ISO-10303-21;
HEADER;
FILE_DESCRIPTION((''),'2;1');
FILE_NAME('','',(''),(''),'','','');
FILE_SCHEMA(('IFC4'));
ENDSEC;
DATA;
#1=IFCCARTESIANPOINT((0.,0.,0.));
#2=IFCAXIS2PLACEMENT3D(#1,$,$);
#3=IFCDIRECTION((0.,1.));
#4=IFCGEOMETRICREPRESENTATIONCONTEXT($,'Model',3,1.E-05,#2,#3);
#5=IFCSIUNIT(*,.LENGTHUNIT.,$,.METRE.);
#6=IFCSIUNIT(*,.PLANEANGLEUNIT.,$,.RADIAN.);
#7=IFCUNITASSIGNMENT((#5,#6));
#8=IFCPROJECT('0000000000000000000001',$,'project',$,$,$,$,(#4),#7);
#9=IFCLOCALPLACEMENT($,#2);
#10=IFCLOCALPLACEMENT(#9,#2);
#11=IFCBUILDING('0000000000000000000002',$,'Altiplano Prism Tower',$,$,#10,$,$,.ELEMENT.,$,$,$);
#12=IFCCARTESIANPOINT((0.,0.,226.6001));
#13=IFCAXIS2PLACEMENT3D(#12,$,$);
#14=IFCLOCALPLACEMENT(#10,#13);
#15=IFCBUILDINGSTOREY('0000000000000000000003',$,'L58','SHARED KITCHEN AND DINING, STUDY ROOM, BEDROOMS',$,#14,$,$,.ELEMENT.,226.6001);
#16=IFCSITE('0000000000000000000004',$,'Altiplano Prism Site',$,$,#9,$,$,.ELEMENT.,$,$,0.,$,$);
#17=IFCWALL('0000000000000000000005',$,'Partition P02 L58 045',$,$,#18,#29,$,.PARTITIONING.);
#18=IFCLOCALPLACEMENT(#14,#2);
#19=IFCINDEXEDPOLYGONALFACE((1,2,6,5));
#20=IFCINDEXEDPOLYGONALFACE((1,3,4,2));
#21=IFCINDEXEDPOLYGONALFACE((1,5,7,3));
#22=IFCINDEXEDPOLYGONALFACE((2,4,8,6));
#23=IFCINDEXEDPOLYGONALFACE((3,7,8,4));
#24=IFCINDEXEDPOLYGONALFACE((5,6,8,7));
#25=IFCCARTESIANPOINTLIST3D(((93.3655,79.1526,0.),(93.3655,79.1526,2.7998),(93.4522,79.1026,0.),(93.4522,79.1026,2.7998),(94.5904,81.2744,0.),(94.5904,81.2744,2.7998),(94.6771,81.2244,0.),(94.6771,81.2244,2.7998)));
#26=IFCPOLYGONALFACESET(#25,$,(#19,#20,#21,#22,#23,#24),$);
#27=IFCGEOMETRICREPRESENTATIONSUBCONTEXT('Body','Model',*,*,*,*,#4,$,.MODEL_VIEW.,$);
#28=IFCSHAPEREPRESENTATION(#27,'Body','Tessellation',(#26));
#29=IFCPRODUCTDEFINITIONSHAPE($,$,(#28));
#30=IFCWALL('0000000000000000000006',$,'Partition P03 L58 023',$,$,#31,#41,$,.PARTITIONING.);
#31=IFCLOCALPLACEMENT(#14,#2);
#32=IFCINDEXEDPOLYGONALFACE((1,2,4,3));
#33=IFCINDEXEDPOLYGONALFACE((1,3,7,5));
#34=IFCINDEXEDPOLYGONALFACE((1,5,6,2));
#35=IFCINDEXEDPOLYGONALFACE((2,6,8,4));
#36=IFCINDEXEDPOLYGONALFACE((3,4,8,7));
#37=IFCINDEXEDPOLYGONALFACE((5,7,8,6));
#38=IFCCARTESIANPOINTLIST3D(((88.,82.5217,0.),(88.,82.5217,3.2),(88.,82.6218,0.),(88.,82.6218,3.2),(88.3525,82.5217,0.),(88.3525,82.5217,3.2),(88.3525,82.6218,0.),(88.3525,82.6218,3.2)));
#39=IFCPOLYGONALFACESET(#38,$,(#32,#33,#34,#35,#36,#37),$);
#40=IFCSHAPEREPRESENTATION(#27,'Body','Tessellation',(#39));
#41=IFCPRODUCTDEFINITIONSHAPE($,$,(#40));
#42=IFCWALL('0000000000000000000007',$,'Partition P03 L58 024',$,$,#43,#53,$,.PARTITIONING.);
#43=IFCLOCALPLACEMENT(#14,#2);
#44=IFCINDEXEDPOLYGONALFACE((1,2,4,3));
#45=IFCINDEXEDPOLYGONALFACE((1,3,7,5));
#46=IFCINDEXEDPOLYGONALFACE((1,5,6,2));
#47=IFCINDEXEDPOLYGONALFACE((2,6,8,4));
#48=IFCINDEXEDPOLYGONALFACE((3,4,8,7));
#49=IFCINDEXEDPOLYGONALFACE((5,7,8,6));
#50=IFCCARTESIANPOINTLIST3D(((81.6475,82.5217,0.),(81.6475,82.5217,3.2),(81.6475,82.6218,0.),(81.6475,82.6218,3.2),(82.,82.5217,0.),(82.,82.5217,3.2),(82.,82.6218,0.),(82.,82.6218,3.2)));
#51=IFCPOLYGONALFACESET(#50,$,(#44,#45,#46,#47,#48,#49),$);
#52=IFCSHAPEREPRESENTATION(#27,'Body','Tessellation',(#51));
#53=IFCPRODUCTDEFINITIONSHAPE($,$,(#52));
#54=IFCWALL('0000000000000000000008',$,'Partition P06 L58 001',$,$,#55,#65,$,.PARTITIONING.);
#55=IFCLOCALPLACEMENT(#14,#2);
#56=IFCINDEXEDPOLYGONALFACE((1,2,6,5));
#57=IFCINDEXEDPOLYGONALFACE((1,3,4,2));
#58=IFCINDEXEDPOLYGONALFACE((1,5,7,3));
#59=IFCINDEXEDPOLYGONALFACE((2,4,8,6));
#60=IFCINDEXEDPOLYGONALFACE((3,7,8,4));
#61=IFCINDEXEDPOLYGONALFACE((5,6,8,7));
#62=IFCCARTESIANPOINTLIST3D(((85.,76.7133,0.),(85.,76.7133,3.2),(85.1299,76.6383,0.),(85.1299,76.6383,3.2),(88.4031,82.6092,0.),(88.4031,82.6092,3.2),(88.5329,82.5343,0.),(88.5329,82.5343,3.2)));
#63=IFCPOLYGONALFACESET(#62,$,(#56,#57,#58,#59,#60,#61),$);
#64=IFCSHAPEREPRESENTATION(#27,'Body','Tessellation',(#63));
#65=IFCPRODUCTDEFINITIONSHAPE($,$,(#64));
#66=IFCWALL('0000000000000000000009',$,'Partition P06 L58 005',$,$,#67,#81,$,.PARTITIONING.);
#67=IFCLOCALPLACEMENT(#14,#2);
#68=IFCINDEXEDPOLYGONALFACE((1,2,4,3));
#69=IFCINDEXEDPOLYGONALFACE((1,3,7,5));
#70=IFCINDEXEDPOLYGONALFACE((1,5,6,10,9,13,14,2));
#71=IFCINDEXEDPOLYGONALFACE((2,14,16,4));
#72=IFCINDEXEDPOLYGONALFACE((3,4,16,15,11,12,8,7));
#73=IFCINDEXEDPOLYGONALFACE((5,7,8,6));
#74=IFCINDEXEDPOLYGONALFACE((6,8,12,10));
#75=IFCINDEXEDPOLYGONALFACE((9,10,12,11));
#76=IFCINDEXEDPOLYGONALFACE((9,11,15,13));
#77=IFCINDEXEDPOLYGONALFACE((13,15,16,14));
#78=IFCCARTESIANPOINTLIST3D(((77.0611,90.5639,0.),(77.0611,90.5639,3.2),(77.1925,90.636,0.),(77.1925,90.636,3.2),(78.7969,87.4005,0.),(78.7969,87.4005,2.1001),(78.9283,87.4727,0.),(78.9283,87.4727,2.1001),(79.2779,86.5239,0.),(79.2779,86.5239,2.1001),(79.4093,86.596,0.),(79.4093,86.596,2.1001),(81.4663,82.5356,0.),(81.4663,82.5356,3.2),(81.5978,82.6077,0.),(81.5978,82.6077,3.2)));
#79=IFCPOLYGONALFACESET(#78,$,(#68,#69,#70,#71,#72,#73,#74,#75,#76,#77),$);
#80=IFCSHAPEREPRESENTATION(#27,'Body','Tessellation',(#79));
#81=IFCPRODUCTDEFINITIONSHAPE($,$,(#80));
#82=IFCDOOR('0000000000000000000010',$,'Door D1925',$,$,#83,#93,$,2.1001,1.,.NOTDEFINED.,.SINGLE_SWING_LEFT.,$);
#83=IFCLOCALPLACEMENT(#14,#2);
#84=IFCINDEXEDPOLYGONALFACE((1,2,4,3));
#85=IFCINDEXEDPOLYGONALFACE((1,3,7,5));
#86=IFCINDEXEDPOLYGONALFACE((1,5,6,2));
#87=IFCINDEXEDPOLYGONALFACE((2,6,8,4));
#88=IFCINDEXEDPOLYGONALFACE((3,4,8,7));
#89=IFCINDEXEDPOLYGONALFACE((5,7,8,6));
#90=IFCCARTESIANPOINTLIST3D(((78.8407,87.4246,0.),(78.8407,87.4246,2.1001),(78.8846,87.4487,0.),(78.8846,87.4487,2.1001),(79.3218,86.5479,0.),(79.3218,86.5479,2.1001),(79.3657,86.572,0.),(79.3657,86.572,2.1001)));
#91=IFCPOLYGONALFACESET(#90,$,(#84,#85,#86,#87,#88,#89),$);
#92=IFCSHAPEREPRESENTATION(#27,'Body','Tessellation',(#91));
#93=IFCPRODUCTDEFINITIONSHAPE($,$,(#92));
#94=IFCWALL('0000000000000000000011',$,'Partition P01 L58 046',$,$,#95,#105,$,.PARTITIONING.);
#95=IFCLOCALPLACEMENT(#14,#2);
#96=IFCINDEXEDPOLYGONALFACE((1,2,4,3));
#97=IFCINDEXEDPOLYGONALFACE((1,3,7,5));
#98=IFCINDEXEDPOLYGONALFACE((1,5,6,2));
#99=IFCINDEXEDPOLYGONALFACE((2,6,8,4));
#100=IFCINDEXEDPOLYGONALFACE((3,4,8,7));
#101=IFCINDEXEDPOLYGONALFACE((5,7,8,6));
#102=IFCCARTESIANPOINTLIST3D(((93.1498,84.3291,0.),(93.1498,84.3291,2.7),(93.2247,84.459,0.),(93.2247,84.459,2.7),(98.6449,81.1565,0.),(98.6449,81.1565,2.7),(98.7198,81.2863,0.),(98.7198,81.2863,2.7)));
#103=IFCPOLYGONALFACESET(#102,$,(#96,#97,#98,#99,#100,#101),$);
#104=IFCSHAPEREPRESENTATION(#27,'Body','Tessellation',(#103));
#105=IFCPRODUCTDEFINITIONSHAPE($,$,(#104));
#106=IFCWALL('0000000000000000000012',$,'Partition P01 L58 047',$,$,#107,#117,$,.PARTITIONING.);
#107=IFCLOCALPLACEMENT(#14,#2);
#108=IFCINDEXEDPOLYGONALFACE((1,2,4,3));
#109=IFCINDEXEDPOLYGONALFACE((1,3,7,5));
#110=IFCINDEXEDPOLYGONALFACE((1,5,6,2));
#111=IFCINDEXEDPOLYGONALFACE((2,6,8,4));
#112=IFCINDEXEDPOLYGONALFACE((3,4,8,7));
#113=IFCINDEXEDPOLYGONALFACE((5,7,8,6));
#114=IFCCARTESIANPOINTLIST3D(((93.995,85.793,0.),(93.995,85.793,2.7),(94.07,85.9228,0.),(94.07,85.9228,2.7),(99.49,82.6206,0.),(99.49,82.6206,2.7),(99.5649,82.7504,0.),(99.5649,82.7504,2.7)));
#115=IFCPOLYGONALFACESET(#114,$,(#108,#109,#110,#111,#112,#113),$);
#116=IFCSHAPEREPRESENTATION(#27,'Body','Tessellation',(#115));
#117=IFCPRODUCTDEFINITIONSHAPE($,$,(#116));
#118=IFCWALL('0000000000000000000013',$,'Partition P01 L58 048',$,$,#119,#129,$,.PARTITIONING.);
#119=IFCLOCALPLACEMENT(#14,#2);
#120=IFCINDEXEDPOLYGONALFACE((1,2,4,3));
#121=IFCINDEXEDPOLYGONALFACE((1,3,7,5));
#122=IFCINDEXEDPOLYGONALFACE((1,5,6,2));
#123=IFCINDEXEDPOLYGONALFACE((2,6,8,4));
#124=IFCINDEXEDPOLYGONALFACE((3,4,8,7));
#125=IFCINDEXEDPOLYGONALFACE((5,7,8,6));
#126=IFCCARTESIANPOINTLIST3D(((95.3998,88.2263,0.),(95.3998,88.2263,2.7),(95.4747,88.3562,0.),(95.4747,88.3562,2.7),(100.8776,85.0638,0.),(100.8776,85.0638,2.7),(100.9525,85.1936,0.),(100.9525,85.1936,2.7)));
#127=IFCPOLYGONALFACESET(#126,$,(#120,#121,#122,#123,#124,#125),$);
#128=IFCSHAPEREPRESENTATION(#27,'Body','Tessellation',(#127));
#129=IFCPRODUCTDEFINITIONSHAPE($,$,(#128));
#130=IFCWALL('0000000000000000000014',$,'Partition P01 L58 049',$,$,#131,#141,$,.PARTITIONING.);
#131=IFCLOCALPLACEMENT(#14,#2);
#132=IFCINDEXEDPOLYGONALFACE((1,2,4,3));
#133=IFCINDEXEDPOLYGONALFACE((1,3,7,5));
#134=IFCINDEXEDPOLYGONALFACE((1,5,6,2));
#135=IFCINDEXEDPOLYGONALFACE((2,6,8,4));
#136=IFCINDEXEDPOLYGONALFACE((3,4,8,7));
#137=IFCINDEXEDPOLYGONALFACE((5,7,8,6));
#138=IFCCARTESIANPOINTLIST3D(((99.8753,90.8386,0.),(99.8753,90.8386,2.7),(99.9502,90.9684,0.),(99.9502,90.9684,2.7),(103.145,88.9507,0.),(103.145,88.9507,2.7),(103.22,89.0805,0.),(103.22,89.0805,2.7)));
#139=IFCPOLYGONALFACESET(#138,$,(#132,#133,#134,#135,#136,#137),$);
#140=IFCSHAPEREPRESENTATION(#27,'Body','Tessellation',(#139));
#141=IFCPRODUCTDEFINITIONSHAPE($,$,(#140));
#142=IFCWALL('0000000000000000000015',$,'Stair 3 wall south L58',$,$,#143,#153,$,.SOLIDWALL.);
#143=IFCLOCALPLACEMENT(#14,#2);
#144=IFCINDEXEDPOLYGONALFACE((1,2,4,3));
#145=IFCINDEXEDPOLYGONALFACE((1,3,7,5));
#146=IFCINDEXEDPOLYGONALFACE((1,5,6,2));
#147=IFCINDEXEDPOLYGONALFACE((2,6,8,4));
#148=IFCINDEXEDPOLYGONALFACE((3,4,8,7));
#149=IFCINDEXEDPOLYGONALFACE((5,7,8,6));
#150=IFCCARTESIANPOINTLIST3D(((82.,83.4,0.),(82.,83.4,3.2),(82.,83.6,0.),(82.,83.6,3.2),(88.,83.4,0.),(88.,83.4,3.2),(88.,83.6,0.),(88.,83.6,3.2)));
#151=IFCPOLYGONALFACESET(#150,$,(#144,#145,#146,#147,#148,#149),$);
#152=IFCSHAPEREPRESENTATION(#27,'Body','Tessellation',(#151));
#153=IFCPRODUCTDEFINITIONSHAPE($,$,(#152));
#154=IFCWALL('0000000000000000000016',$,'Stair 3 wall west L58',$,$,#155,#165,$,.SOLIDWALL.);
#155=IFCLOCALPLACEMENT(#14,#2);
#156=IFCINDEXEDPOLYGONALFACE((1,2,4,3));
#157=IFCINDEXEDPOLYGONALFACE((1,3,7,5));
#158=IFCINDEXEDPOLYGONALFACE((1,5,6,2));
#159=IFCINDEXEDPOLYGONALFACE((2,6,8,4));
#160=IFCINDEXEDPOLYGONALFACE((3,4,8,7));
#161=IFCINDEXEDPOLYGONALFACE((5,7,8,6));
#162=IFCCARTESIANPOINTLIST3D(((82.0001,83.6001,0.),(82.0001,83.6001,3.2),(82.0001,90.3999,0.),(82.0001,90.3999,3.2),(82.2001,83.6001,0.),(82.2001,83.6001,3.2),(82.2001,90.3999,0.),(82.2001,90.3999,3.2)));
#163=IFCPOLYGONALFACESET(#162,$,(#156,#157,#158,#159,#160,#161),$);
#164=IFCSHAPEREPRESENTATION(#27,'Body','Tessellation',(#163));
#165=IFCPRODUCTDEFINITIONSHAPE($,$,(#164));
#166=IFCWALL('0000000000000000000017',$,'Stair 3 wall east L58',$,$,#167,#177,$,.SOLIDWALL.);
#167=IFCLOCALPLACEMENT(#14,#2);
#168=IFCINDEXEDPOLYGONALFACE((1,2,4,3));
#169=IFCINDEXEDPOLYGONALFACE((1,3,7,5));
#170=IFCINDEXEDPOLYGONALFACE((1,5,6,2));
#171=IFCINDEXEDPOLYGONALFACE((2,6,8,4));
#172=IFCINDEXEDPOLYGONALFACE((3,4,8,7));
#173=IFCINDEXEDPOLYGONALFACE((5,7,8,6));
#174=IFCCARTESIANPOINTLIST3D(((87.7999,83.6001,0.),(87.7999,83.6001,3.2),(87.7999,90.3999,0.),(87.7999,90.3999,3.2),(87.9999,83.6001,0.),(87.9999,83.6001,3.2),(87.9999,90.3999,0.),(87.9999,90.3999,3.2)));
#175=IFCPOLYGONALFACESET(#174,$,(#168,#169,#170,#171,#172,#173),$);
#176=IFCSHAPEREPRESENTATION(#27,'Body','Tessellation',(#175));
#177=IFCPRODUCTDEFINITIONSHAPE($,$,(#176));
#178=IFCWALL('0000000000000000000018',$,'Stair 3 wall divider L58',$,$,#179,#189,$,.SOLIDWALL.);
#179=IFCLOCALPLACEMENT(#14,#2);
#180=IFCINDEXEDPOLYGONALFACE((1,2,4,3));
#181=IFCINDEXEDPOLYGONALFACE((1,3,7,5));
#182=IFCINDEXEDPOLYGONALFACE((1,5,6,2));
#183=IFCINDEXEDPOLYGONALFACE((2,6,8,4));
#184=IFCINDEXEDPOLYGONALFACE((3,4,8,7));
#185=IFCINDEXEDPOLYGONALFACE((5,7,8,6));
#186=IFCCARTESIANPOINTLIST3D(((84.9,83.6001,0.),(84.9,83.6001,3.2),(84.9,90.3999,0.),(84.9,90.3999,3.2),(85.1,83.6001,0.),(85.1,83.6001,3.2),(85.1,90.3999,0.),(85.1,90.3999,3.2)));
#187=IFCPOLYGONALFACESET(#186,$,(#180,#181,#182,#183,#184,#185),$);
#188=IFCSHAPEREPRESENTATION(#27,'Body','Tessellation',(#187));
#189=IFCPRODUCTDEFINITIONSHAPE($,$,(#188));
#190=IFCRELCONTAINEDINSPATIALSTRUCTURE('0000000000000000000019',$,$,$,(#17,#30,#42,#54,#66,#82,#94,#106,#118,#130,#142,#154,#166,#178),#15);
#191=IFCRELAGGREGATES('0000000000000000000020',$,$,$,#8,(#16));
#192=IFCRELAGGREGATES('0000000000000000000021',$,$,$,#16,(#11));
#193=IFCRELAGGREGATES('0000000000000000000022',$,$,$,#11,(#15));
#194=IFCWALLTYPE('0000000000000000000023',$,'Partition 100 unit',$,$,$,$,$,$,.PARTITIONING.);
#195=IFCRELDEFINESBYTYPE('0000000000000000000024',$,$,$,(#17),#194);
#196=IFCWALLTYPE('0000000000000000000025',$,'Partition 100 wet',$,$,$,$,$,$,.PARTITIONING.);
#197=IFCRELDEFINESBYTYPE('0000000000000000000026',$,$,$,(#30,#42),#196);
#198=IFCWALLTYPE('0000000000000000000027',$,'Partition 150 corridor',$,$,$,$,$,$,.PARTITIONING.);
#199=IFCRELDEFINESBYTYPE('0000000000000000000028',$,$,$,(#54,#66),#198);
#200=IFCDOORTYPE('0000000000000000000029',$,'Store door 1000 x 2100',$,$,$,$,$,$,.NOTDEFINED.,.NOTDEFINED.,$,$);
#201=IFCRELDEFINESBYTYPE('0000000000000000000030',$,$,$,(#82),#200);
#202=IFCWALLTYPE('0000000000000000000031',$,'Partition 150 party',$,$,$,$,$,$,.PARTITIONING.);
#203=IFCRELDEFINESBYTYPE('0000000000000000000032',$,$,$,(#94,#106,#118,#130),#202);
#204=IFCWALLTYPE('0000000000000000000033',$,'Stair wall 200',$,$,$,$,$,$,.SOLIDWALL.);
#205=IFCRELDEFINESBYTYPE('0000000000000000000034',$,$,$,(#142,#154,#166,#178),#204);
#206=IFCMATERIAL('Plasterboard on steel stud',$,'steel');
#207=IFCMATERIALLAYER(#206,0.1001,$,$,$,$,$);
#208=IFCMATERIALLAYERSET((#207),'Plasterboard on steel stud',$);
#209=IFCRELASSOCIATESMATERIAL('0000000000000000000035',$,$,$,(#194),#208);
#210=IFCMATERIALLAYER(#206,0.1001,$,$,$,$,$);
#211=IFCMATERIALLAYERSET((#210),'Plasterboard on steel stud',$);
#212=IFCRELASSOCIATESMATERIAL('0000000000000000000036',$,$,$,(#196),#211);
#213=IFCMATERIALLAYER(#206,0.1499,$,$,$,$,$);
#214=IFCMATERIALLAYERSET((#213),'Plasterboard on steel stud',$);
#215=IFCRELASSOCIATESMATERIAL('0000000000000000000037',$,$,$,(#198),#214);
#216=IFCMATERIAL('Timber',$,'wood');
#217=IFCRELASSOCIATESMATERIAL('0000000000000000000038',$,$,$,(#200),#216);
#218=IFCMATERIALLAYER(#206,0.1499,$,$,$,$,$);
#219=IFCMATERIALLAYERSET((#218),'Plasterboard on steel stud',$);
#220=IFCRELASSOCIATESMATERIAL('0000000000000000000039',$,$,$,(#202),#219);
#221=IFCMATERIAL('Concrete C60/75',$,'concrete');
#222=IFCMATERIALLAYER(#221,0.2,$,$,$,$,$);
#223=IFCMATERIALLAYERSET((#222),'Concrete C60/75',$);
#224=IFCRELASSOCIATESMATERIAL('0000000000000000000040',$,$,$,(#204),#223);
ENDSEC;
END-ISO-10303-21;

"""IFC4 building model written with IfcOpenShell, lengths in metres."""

from ifc_helpers import new_model, si_unit, direction, frame, frame_2d, origin, place, context, subcontext, project, spatial, rectangle, extrude, material, layer, layer_set, type_object, element, fill, save


model = new_model("IFC4")

# Units and contexts
model_context = context("Model", 3, precision=1e-05, world=origin(), true_north=direction((0.0, 1.0)))
body_context = subcontext(model_context, "Body", "Model", "MODEL_VIEW")
ifc_project = project(units=[si_unit("LENGTHUNIT", "METRE"), si_unit("PLANEANGLEUNIT", "RADIAN")], contexts=[model_context])

# Site, building, storey
site_placement = place(None, origin())
site = spatial("IfcSite", under=ifc_project, at=site_placement, Name="Altiplano Prism Site", CompositionType="ELEMENT", RefElevation=0.0)
building_placement = place(site_placement, origin())
building = spatial("IfcBuilding", under=site, at=building_placement, Name="Altiplano Prism Tower", CompositionType="ELEMENT")
storey_placement = place(building_placement, frame((0.0, 0.0, 226.6001)))
storey = spatial("IfcBuildingStorey", under=building, at=storey_placement, Name="L58", Description="SHARED KITCHEN AND DINING, STUDY ROOM, BEDROOMS", CompositionType="ELEMENT", Elevation=226.6001)

# Shared definitions
ifc_material_1 = material(Name="Concrete C60/75", Category="concrete")

# Shared definitions
ifc_material_2 = material(Name="Plasterboard on steel stud", Category="steel")
ifc_layer_1 = layer(ifc_material_2, 0.1001)
ifc_layer_set_1 = layer_set([ifc_layer_1], Name="Plasterboard on steel stud")
wall_type_1 = type_object("IfcWallType", Name="Partition 100 unit", PredefinedType="PARTITIONING", material=ifc_layer_set_1)
ifc_material_3 = material(Name="Timber", Category="wood")

# Walls
wall_1_placement = place(storey_placement, frame((94.6338, 81.2495, 0.0), z_axis=(0.0, 0.0, 1.0), x_axis=(-0.499944, -0.866058, 0.0)))
element("IfcWall", 1, at=wall_1_placement, inside=storey, type_object=wall_type_1, Name="Partition P02 L58 045", PredefinedType="PARTITIONING", context=body_context, shape_type="SweptSolid", body=[
    extrude(rectangle(XDim=2.45, YDim=0.1001, at=frame_2d((1.2251, 0.0))), origin(), (0.0, 0.0, 1.0), 2.7998),
])
ifc_layer_2 = layer(ifc_material_2, 0.1001)
ifc_layer_set_2 = layer_set([ifc_layer_2], Name="Plasterboard on steel stud")
wall_type_2 = type_object("IfcWallType", Name="Partition 100 wet", PredefinedType="PARTITIONING", material=ifc_layer_set_2)
for number, where, z_axis, x_axis, name in (
    (2, (88.3525, 82.5718, 0.0), (0.0, 0.0, 1.0), (-1.0, 0.0, 0.0), "Partition P03 L58 023"),
    (3, (82.0, 82.5718, 0.0), (0.0, 0.0, 1.0), (-1.0, 0.0, 0.0), "Partition P03 L58 024"),
):
    element("IfcWall", number, at=place(storey_placement, frame(where, z_axis=z_axis, x_axis=x_axis)), inside=storey, type_object=wall_type_2, Name=name, PredefinedType="PARTITIONING", context=body_context, shape_type="SweptSolid", body=[
        extrude(rectangle(XDim=0.3525, YDim=0.1001, at=frame_2d((0.1763, 0.0))), origin(), (0.0, 0.0, 1.0), 3.2),
    ])
ifc_layer_3 = layer(ifc_material_2, 0.1499)
ifc_layer_set_3 = layer_set([ifc_layer_3], Name="Plasterboard on steel stud")
wall_type_3 = type_object("IfcWallType", Name="Partition 150 corridor", PredefinedType="PARTITIONING", material=ifc_layer_set_3)
wall_2_placement = place(storey_placement, frame((88.468, 82.5718, 0.0), z_axis=(0.0, 0.0, 1.0), x_axis=(-0.499892, -0.866088, 0.0)))
element("IfcWall", 4, at=wall_2_placement, inside=storey, type_object=wall_type_3, Name="Partition P06 L58 001", PredefinedType="PARTITIONING", context=body_context, shape_type="SweptSolid", body=[
    extrude(rectangle(XDim=6.8076, YDim=0.1499, at=frame_2d((3.4038, 0.0))), origin(), (0.0, 0.0, 1.0), 3.2),
])

# Wall, opening, door
wall_3_placement = place(storey_placement, frame((81.532, 82.5718, 0.0), z_axis=(0.0, 0.0, 1.0), x_axis=(-0.481055, 0.876691, 0.0)))
wall_3 = element("IfcWall", 5, at=wall_3_placement, inside=storey, type_object=wall_type_3, Name="Partition P06 L58 005", PredefinedType="PARTITIONING", context=body_context, shape_type="SweptSolid", body=[
    extrude(rectangle(XDim=9.1575, YDim=0.1499, at=frame_2d((4.5786, 0.0))), origin(), (0.0, 0.0, 1.0), 3.2),
])
opening_1_placement = place(wall_3_placement, frame((4.5491, 0.0, 0.0)))
opening_1 = element("IfcOpeningElement", 6, at=opening_1_placement, cuts=wall_3, PredefinedType="OPENING", context=body_context, shape_type="SweptSolid", body=[
    extrude(rectangle(XDim=1.0, YDim=2.1001, at=frame_2d((0.5, 1.05))), frame((0.0, 0.0854, 0.0), z_axis=(0.0, -1.0, 0.0), x_axis=(1.0, 0.0, 0.0)), (0.0, 0.0, 1.0), 0.1709),
])
door_type_1 = type_object("IfcDoorType", Name="Store door 1000 x 2100", OperationType="NOTDEFINED", PredefinedType="NOTDEFINED", material=ifc_material_3)
door_1_placement = place(opening_1_placement, origin())
door_1 = element("IfcDoor", 7, at=door_1_placement, inside=storey, type_object=door_type_1, Name="Door D1925", OperationType="SINGLE_SWING_LEFT", OverallHeight=2.1001, OverallWidth=1.0, PredefinedType="NOTDEFINED", context=body_context, shape_type="SweptSolid", body=[
    extrude(rectangle(XDim=1.0, YDim=2.1001, at=frame_2d((0.5, 1.05))), frame((0.0, 0.0249, 0.0), z_axis=(0.0, -1.0, 0.0), x_axis=(1.0, 0.0, 0.0)), (0.0, 0.0, 1.0), 0.05),
])
fill(opening_1, door_1)

# Walls
ifc_layer_4 = layer(ifc_material_2, 0.1499)
ifc_layer_set_4 = layer_set([ifc_layer_4], Name="Plasterboard on steel stud")
wall_type_4 = type_object("IfcWallType", Name="Partition 150 party", PredefinedType="PARTITIONING", material=ifc_layer_set_4)
wall_4_placement = place(storey_placement, frame((98.6824, 81.2214, 0.0), z_axis=(0.0, 0.0, 1.0), x_axis=(-0.866025, 0.5, 0.0)))
element("IfcWall", 8, at=wall_4_placement, inside=storey, type_object=wall_type_4, Name="Partition P01 L58 046", PredefinedType="PARTITIONING", context=body_context, shape_type="SweptSolid", body=[
    extrude(rectangle(XDim=6.3452, YDim=0.1499, at=frame_2d((3.1726, 0.0))), origin(), (0.0, 0.0, 1.0), 2.7),
])
wall_5_placement = place(storey_placement, frame((99.5273, 82.6855, 0.0), z_axis=(0.0, 0.0, 1.0), x_axis=(-0.866032, 0.499988, 0.0)))
element("IfcWall", 9, at=wall_5_placement, inside=storey, type_object=wall_type_4, Name="Partition P01 L58 047", PredefinedType="PARTITIONING", context=body_context, shape_type="SweptSolid", body=[
    extrude(rectangle(XDim=6.345, YDim=0.1499, at=frame_2d((3.1724, 0.0))), origin(), (0.0, 0.0, 1.0), 2.7),
])
wall_6_placement = place(storey_placement, frame((100.915, 85.1287, 0.0), z_axis=(0.0, 0.0, 1.0), x_axis=(-0.866026, 0.5, 0.0)))
element("IfcWall", 10, at=wall_6_placement, inside=storey, type_object=wall_type_4, Name="Partition P01 L58 048", PredefinedType="PARTITIONING", context=body_context, shape_type="SweptSolid", body=[
    extrude(rectangle(XDim=6.3252, YDim=0.1499, at=frame_2d((3.1626, 0.0))), origin(), (0.0, 0.0, 1.0), 2.7),
])
wall_7_placement = place(storey_placement, frame((103.1824, 89.0156, 0.0), z_axis=(0.0, 0.0, 1.0), x_axis=(-0.86601, 0.500027, 0.0)))
element("IfcWall", 11, at=wall_7_placement, inside=storey, type_object=wall_type_4, Name="Partition P01 L58 049", PredefinedType="PARTITIONING", context=body_context, shape_type="SweptSolid", body=[
    extrude(rectangle(XDim=3.7756, YDim=0.1499, at=frame_2d((1.8877, 0.0))), origin(), (0.0, 0.0, 1.0), 2.7),
])
ifc_layer_5 = layer(ifc_material_1, 0.2)
ifc_layer_set_5 = layer_set([ifc_layer_5], Name="Concrete C60/75")
wall_type_5 = type_object("IfcWallType", Name="Stair wall 200", PredefinedType="SOLIDWALL", material=ifc_layer_set_5)
wall_8_placement = place(storey_placement, frame((82.0, 83.5, 0.0), z_axis=(0.0, 0.0, 1.0), x_axis=(1.0, 0.0, 0.0)))
element("IfcWall", 12, at=wall_8_placement, inside=storey, type_object=wall_type_5, Name="Stair 3 wall south L58", PredefinedType="SOLIDWALL", context=body_context, shape_type="SweptSolid", body=[
    extrude(rectangle(XDim=6.0, YDim=0.2, at=frame_2d((3.0, 0.0))), origin(), (0.0, 0.0, 1.0), 3.2),
])
for number, where, z_axis, x_axis, name in (
    (13, (82.1001, 83.6001, 0.0), (0.0, 0.0, 1.0), (0.0, 1.0, 0.0), "Stair 3 wall west L58"),
    (14, (87.8999, 83.6001, 0.0), (0.0, 0.0, 1.0), (0.0, 1.0, 0.0), "Stair 3 wall east L58"),
    (15, (85.0, 83.6001, 0.0), (0.0, 0.0, 1.0), (0.0, 1.0, 0.0), "Stair 3 wall divider L58"),
):
    element("IfcWall", number, at=place(storey_placement, frame(where, z_axis=z_axis, x_axis=x_axis)), inside=storey, type_object=wall_type_5, Name=name, PredefinedType="SOLIDWALL", context=body_context, shape_type="SweptSolid", body=[
        extrude(rectangle(XDim=6.7998, YDim=0.2, at=frame_2d((3.3999, 0.0))), origin(), (0.0, 0.0, 1.0), 3.2),
    ])

save(model, "model.ifc")
